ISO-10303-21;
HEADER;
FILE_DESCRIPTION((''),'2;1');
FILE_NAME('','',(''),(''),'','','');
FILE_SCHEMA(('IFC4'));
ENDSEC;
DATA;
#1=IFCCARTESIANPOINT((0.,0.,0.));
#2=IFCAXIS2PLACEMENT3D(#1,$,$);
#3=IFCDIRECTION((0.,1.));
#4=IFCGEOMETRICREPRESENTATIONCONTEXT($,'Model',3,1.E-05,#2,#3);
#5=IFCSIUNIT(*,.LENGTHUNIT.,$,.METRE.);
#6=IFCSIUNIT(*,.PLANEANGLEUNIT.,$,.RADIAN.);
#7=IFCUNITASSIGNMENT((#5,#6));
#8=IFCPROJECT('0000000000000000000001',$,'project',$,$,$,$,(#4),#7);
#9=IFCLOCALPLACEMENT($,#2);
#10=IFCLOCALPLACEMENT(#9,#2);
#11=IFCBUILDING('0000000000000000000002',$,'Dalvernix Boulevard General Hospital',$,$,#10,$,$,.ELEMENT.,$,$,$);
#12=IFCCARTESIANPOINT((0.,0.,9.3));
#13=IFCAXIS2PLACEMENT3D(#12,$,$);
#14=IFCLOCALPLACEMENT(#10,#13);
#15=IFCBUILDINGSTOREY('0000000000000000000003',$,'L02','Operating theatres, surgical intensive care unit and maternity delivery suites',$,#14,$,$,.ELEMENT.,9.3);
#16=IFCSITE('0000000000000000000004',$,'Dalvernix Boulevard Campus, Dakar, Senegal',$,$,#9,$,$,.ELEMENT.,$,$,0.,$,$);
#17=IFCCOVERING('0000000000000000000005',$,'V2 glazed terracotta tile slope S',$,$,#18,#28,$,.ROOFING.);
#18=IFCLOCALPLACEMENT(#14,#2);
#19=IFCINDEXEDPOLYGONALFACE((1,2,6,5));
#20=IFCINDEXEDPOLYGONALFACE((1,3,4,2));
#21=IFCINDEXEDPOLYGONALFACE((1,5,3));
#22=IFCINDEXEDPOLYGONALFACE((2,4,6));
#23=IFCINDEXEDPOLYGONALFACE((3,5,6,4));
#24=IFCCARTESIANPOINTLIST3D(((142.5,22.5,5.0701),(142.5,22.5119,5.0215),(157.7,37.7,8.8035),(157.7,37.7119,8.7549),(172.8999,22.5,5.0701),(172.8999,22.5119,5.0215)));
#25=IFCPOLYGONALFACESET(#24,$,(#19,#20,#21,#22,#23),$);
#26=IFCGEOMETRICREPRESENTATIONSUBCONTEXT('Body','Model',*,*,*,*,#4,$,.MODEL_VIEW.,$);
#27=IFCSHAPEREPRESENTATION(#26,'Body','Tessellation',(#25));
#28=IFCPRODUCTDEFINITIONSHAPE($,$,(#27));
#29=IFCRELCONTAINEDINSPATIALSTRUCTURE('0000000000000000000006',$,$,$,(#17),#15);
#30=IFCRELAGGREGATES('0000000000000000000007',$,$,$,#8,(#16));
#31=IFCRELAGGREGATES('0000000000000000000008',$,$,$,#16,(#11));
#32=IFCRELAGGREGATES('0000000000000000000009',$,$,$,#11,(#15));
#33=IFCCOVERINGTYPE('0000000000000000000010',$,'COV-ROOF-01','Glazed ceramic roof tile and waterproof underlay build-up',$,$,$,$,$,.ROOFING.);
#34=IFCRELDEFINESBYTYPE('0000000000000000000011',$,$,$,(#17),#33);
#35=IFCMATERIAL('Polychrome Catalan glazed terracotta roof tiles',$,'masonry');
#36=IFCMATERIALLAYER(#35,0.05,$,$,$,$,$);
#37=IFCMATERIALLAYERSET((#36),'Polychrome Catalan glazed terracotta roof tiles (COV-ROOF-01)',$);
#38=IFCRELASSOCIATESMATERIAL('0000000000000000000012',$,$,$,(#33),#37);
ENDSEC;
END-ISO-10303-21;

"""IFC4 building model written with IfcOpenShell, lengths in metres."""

from ifc_helpers import new_model, si_unit, direction, frame, origin, place, context, subcontext, project, spatial, polyline, outline, extrude, material, layer, layer_set, type_object, element, save


model = new_model("IFC4")

# Units and contexts
model_context = context("Model", 3, precision=1e-05, world=origin(), true_north=direction((0.0, 1.0)))
body_context = subcontext(model_context, "Body", "Model", "MODEL_VIEW")
ifc_project = project(units=[si_unit("LENGTHUNIT", "METRE"), si_unit("PLANEANGLEUNIT", "RADIAN")], contexts=[model_context])

# Site, building, storey
site_placement = place(None, origin())
site = spatial("IfcSite", under=ifc_project, at=site_placement, Name="Dalvernix Boulevard Campus, Dakar, Senegal", CompositionType="ELEMENT", RefElevation=0.0)
building_placement = place(site_placement, origin())
building = spatial("IfcBuilding", under=site, at=building_placement, Name="Dalvernix Boulevard General Hospital", CompositionType="ELEMENT")
storey_placement = place(building_placement, frame((0.0, 0.0, 9.3)))
storey = spatial("IfcBuildingStorey", under=building, at=storey_placement, Name="L02", Description="Operating theatres, surgical intensive care unit and maternity delivery suites", CompositionType="ELEMENT", Elevation=9.3)

# Covering
ifc_material_1 = material(Name="Polychrome Catalan glazed terracotta roof tiles", Category="masonry")
ifc_layer_1 = layer(ifc_material_1, 0.05)
ifc_layer_set_1 = layer_set([ifc_layer_1], Name="Polychrome Catalan glazed terracotta roof tiles (COV-ROOF-01)")
covering_type_1 = type_object("IfcCoveringType", Name="COV-ROOF-01", Description="Glazed ceramic roof tile and waterproof underlay build-up", PredefinedType="ROOFING", material=ifc_layer_set_1)
covering_1_placement = place(storey_placement, frame((142.5, 22.5, 5.0701), z_axis=(0.0, -0.238529, 0.971135), x_axis=(1.0, 0.0, 0.0)))
element("IfcCovering", 1, at=covering_1_placement, inside=storey, type_object=covering_type_1, Name="V2 glazed terracotta tile slope S", PredefinedType="ROOFING", context=body_context, shape_type="SweptSolid", body=[
    extrude(outline(polyline([(0.0, 0.0), (30.3999, 0.0), (15.2, 15.6517), (0.0, 0.0)])), origin(), (0.0, 0.0, -1.0), 0.05),
])

save(model, "model.ifc")
